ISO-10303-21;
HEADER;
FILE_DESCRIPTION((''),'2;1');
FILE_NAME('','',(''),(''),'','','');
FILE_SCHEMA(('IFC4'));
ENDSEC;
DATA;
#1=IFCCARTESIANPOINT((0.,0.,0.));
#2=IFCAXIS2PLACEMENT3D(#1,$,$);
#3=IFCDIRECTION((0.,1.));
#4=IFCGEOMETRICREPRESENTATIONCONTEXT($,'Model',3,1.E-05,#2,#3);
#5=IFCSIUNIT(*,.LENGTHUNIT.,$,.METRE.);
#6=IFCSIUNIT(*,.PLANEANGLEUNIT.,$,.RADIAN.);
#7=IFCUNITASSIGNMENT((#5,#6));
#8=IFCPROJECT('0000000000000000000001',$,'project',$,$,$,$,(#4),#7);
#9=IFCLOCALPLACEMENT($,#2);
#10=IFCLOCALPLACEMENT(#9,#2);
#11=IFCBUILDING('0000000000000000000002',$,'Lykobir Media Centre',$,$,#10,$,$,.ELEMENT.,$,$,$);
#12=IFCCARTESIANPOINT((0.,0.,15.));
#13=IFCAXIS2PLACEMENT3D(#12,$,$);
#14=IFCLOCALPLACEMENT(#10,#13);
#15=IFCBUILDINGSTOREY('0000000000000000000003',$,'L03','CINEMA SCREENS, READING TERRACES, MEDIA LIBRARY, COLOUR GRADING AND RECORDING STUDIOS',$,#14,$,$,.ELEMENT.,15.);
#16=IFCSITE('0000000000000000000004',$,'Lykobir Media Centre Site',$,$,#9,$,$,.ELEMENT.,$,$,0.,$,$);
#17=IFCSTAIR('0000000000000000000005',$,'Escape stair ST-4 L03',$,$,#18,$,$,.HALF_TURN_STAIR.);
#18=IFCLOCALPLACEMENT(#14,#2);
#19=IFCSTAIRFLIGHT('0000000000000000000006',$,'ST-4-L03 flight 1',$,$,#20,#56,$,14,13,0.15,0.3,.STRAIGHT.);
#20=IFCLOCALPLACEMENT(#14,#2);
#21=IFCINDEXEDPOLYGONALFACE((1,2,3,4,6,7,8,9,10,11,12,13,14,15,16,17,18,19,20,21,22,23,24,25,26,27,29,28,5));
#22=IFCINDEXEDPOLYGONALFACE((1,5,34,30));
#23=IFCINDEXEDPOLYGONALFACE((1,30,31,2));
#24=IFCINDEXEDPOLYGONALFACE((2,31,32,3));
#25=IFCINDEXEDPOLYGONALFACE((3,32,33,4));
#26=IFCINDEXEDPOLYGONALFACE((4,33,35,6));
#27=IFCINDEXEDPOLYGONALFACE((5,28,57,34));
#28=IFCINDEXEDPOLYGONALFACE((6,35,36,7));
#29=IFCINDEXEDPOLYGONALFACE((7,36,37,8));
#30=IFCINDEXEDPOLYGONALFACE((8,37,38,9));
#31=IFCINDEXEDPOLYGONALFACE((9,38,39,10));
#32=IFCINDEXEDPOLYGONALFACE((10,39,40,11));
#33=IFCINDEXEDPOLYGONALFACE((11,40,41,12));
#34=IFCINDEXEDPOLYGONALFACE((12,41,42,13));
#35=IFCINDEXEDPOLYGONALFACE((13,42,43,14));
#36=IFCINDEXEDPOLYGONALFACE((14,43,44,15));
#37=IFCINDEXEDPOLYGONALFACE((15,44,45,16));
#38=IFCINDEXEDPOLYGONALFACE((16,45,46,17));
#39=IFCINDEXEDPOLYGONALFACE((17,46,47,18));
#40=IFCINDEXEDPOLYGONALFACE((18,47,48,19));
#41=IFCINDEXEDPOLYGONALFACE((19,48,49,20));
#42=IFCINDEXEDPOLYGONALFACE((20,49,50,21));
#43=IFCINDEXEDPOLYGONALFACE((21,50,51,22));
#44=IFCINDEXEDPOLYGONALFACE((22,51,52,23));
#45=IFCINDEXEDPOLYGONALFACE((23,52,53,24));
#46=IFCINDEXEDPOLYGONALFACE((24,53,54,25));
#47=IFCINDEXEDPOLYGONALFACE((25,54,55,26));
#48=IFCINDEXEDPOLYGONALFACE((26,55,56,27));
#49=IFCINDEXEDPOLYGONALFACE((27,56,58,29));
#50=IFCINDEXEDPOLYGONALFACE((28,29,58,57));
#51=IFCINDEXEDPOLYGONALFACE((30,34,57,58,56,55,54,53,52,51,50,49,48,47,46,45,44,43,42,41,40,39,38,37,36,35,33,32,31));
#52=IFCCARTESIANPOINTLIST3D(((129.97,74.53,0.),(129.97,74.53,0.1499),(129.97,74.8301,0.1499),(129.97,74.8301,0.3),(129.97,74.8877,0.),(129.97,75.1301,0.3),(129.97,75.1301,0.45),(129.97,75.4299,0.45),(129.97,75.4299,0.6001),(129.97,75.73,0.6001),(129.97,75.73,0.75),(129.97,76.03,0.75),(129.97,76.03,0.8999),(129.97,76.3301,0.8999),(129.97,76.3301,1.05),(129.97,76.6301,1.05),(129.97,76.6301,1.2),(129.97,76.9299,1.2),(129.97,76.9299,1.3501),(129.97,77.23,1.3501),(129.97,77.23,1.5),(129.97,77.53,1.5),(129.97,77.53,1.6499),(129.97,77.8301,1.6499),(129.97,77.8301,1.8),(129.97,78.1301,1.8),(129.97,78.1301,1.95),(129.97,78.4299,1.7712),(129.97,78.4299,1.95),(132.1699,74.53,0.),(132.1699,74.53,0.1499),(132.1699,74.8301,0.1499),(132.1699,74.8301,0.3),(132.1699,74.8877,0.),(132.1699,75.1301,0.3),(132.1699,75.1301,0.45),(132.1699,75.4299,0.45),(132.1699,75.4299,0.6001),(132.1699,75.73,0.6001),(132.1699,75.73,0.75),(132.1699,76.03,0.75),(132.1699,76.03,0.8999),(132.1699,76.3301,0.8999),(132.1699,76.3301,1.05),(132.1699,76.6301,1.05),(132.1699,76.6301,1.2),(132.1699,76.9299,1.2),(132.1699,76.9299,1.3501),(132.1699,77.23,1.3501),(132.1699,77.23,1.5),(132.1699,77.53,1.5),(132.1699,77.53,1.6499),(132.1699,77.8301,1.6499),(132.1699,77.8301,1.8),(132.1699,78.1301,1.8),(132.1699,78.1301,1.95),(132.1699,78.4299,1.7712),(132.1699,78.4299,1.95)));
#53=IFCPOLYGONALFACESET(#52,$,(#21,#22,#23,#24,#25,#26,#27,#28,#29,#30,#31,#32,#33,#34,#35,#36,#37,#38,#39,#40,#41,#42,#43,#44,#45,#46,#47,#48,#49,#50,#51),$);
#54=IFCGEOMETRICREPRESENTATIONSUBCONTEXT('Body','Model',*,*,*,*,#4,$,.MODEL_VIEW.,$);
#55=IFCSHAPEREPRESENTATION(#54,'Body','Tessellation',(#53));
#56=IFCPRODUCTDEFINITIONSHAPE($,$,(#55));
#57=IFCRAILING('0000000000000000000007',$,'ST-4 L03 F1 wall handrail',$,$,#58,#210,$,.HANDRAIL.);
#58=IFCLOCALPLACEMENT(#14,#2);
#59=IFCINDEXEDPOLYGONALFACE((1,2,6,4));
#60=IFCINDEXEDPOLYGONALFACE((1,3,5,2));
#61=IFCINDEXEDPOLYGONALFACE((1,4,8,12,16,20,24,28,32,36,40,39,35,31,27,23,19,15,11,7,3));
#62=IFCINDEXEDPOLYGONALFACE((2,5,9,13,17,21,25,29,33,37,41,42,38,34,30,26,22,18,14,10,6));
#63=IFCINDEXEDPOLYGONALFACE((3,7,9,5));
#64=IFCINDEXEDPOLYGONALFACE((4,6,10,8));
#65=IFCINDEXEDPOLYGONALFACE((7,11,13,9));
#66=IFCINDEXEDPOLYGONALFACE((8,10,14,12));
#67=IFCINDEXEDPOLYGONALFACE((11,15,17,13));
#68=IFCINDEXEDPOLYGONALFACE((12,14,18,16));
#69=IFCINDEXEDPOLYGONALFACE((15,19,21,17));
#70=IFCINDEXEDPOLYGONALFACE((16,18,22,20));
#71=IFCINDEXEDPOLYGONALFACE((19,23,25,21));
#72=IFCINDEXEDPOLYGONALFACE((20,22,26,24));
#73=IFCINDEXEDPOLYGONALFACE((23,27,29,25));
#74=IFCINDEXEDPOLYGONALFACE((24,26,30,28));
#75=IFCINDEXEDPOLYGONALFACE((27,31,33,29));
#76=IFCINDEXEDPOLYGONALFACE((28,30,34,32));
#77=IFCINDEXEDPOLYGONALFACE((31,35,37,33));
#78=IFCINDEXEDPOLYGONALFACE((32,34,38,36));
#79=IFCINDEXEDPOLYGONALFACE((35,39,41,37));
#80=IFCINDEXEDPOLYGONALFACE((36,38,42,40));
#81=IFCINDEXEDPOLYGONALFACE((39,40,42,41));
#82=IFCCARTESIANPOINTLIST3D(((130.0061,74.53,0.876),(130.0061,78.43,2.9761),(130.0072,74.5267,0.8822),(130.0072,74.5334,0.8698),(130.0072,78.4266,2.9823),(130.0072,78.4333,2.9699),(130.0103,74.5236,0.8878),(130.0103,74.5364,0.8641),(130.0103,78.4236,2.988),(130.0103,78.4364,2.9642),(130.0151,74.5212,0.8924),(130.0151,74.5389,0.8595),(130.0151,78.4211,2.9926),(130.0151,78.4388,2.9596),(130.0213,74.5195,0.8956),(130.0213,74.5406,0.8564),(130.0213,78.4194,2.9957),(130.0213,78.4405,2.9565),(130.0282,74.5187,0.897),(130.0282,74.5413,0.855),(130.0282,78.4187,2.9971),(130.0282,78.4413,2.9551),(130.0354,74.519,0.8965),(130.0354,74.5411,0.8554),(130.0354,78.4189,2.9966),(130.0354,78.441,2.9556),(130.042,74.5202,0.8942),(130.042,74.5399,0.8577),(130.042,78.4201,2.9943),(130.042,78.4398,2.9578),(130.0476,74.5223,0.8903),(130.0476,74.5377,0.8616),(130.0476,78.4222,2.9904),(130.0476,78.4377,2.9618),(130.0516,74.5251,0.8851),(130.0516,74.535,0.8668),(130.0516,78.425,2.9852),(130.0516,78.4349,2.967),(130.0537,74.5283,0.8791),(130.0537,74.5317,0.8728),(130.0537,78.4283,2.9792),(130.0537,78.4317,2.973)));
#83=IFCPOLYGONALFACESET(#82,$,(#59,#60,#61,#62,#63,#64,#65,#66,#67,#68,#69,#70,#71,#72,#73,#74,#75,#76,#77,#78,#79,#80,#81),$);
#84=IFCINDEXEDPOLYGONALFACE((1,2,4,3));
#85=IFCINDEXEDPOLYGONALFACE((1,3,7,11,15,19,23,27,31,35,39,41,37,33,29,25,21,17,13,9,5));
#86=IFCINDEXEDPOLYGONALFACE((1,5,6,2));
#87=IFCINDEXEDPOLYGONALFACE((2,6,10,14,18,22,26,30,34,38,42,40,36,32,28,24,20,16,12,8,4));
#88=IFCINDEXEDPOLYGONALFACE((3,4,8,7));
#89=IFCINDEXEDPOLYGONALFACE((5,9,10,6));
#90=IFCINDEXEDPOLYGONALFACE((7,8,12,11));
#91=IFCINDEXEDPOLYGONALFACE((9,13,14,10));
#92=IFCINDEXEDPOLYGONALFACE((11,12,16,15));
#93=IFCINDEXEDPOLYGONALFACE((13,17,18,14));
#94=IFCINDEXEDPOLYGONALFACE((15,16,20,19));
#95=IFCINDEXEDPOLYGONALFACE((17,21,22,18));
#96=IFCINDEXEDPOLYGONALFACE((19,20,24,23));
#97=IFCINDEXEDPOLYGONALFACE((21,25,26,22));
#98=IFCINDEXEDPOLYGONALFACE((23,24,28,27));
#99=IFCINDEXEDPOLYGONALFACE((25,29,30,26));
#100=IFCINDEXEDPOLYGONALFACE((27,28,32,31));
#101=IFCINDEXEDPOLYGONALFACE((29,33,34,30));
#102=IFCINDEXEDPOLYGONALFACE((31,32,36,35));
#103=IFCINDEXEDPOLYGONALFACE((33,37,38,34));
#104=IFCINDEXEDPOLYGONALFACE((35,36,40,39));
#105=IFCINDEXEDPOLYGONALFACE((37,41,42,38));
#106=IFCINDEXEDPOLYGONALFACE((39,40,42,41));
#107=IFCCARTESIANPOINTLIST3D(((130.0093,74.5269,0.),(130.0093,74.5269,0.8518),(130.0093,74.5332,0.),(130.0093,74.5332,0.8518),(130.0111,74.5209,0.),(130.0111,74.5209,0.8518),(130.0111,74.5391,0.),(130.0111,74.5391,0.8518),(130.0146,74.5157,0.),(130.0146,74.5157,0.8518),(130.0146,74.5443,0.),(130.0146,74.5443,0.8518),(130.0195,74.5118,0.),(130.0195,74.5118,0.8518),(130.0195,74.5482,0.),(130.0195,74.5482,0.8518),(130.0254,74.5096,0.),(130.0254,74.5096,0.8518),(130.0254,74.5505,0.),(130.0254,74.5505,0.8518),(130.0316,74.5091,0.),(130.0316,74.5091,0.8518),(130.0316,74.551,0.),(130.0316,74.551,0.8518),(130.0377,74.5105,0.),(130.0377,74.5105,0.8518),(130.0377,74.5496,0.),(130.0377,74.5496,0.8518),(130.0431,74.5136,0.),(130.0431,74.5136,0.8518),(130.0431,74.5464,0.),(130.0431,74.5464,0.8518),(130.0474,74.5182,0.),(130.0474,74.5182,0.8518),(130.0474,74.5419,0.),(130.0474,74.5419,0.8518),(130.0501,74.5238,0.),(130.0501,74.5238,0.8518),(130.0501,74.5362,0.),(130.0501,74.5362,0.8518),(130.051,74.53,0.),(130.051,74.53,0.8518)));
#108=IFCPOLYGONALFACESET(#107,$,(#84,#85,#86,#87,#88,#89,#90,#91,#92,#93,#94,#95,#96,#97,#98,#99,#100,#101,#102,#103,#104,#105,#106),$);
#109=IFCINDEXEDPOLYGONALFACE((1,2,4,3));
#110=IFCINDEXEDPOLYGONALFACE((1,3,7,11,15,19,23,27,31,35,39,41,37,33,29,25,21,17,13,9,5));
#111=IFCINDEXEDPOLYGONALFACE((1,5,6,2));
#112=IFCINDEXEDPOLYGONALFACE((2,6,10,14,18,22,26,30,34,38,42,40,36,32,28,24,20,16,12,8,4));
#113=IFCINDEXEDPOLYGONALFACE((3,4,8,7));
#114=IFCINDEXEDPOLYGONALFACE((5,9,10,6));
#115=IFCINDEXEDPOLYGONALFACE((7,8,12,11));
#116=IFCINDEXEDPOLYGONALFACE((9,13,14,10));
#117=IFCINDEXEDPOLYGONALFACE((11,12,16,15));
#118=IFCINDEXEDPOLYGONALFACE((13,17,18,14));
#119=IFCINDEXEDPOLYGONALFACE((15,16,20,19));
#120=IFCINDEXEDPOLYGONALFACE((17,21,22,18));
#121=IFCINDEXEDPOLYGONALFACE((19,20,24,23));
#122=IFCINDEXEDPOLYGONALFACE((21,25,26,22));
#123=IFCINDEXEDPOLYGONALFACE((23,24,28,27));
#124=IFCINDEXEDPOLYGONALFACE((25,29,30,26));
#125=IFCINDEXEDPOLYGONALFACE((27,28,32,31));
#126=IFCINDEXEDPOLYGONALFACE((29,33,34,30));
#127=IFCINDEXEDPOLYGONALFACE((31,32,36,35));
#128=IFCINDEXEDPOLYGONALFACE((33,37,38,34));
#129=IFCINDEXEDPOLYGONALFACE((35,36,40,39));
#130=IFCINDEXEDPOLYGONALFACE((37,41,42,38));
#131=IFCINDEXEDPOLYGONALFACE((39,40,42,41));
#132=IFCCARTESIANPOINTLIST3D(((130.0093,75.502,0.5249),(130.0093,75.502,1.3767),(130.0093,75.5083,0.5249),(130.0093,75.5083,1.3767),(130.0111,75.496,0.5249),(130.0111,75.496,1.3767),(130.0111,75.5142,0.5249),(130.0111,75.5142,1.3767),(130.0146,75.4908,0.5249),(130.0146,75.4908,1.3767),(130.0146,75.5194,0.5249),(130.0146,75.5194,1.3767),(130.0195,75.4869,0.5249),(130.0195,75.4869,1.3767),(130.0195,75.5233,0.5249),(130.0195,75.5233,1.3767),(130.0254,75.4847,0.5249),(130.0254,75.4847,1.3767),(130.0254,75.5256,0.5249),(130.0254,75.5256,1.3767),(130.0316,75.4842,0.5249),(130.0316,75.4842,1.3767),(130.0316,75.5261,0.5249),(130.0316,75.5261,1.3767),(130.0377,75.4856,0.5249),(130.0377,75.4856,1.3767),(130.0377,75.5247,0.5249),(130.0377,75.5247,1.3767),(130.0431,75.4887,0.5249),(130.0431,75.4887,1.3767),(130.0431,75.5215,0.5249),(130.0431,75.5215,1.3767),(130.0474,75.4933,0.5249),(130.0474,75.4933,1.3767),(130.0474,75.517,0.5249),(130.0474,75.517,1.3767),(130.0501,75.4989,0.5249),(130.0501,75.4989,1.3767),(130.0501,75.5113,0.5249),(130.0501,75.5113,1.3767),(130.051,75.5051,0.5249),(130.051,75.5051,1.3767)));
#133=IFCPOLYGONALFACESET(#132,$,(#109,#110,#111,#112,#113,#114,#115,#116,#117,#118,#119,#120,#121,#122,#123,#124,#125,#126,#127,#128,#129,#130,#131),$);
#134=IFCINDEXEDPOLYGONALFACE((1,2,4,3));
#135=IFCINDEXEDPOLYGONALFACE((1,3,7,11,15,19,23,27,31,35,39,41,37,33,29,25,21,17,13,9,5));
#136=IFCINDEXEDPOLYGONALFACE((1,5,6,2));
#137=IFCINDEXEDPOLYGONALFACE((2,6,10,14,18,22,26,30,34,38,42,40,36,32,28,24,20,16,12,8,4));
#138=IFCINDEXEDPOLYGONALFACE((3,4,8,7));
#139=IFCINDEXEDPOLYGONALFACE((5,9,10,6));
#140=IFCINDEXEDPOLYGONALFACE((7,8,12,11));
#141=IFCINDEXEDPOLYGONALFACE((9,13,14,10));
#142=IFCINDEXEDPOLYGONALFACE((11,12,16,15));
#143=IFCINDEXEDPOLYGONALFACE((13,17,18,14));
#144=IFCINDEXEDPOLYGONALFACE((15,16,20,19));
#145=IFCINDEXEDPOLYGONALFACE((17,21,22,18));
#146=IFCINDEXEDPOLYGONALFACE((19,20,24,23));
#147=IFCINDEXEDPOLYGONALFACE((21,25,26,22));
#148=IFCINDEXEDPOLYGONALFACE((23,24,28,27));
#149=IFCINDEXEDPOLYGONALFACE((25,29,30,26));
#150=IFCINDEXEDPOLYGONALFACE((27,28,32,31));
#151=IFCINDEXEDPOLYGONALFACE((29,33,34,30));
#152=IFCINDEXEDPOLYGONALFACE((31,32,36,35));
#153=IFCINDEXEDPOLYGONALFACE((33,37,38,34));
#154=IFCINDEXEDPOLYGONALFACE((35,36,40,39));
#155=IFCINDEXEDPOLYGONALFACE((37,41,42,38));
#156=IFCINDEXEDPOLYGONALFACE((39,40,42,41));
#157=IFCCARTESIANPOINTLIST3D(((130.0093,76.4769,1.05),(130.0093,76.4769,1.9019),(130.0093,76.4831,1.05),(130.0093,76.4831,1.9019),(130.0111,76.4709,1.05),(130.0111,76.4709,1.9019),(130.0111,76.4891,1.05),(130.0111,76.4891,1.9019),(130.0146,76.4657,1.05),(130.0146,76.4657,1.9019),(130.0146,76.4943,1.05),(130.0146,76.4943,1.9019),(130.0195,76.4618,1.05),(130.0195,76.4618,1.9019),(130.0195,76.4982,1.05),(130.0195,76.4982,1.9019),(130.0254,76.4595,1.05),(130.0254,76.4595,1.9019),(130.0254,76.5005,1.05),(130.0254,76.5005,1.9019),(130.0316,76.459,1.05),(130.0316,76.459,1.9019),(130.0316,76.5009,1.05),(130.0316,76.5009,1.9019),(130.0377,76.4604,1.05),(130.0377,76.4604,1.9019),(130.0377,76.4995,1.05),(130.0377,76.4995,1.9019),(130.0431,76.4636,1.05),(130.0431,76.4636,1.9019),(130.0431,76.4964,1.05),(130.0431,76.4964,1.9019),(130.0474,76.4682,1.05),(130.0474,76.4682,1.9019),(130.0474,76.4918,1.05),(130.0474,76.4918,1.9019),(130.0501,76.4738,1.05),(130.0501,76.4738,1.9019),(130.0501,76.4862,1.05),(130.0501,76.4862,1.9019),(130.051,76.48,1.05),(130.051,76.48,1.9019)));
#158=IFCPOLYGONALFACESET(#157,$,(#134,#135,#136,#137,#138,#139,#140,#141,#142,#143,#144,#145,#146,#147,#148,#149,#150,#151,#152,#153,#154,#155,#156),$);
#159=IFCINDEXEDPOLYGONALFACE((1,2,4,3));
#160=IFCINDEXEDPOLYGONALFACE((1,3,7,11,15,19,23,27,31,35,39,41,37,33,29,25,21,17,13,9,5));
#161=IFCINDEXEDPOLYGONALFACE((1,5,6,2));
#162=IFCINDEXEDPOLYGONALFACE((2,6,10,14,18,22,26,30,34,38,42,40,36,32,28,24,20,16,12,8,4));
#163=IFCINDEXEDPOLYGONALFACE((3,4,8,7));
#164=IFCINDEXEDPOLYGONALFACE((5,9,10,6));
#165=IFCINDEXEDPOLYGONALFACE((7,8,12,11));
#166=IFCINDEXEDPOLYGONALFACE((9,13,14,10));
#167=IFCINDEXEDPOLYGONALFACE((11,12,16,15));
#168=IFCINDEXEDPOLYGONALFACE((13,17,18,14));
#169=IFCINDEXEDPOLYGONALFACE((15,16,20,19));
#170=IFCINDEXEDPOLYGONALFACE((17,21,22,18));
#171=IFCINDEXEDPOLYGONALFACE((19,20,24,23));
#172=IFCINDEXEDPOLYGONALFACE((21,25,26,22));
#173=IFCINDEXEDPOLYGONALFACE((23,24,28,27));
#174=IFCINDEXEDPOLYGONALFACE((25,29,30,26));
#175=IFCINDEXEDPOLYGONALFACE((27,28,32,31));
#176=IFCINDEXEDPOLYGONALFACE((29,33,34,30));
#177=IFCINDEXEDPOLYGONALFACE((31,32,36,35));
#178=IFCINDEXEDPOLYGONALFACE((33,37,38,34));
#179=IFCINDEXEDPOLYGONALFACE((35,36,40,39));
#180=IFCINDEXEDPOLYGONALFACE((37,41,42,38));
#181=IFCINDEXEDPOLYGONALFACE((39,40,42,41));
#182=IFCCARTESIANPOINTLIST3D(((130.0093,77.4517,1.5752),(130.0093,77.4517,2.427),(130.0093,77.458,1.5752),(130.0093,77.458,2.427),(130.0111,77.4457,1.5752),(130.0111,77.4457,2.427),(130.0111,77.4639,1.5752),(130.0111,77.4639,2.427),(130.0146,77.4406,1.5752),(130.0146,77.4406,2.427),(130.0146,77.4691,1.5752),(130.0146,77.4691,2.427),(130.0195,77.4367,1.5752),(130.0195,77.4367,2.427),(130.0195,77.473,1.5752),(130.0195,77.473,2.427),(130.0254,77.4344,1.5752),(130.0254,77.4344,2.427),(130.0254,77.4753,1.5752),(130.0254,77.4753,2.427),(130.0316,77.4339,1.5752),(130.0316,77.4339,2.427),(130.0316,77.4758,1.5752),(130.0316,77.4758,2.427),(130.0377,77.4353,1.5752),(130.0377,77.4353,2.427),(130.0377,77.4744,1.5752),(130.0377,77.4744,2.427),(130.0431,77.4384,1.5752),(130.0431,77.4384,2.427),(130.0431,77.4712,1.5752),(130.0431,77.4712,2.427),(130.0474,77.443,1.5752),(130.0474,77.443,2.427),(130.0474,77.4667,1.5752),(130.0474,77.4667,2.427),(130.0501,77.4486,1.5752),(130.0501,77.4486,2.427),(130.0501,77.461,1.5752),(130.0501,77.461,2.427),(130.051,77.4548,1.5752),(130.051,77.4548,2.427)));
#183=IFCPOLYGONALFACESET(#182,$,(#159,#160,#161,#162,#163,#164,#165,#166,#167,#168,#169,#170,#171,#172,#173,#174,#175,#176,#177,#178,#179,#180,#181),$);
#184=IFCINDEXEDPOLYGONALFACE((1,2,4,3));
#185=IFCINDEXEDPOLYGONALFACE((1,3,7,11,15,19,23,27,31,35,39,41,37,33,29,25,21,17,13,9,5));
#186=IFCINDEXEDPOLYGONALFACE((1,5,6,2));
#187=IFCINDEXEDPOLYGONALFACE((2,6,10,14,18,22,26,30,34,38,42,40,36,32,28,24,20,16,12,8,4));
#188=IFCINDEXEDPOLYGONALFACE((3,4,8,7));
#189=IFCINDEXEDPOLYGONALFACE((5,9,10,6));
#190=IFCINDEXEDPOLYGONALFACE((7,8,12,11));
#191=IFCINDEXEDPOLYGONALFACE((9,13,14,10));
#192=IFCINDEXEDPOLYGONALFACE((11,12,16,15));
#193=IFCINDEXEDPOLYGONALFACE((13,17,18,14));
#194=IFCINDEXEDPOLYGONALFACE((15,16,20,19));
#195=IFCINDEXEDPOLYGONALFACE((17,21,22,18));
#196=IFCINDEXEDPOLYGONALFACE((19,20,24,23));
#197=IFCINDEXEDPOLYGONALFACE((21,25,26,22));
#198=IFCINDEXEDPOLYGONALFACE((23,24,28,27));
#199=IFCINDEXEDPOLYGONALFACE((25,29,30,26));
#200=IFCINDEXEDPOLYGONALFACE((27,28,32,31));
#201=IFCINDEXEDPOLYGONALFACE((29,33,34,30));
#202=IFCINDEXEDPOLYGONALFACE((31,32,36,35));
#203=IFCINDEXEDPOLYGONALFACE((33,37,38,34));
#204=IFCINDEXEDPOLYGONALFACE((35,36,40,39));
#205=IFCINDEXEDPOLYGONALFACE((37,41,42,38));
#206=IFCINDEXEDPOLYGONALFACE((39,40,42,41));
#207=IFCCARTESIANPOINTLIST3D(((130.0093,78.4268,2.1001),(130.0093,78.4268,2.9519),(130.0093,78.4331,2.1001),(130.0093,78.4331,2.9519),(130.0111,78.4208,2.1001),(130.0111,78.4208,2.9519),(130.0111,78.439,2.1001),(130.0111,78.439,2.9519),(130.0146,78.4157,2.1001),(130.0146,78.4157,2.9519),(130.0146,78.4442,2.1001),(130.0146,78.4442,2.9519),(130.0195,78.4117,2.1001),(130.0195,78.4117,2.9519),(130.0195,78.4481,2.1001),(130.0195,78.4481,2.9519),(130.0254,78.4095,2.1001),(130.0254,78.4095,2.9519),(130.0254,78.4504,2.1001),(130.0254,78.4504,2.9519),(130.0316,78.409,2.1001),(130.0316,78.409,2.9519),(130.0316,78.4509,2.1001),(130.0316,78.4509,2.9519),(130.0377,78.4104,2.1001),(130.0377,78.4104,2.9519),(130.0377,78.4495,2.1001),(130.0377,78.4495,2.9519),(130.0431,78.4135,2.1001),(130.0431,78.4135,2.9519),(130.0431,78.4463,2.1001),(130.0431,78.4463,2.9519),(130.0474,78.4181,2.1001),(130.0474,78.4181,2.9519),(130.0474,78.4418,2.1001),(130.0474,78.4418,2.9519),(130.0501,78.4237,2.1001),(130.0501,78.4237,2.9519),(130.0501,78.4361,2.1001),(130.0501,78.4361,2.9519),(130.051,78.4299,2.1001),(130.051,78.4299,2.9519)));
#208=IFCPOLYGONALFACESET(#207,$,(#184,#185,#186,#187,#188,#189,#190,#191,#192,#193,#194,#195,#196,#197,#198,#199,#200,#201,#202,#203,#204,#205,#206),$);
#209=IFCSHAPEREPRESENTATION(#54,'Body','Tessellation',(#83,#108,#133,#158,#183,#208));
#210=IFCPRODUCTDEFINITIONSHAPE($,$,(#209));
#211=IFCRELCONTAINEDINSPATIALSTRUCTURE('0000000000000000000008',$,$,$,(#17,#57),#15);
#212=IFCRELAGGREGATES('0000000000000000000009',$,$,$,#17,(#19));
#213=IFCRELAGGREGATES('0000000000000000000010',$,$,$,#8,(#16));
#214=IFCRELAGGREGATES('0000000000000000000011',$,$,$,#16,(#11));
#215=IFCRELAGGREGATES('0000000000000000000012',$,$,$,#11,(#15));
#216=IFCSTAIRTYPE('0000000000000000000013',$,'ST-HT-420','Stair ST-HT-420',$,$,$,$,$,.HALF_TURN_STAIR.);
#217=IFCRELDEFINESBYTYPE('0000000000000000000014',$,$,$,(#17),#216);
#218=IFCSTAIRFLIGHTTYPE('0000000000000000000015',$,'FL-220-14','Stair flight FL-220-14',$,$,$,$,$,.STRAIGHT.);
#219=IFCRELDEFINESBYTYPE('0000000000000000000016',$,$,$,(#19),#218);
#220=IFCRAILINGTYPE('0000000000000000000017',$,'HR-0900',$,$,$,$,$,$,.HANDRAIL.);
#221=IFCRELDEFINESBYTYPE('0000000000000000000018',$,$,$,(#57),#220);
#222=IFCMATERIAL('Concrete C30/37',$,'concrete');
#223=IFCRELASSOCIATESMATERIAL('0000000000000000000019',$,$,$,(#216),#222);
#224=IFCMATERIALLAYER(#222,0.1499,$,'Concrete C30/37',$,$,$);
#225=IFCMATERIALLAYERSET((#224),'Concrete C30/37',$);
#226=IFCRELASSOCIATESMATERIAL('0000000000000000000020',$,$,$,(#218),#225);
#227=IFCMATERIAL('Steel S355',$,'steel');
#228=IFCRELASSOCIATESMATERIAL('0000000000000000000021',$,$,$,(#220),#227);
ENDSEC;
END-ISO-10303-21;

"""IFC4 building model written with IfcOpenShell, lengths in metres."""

from ifc_helpers import new_model, si_unit, direction, frame, origin, origin_2d, place, context, subcontext, project, spatial, polyline, circle, outline, extrude, material, layer, layer_set, type_object, element, aggregate, save


model = new_model("IFC4")

# Units and contexts
model_context = context("Model", 3, precision=1e-05, world=origin(), true_north=direction((0.0, 1.0)))
body_context = subcontext(model_context, "Body", "Model", "MODEL_VIEW")
ifc_project = project(units=[si_unit("LENGTHUNIT", "METRE"), si_unit("PLANEANGLEUNIT", "RADIAN")], contexts=[model_context])

# Site, building, storey
site_placement = place(None, origin())
site = spatial("IfcSite", under=ifc_project, at=site_placement, Name="Lykobir Media Centre Site", CompositionType="ELEMENT", RefElevation=0.0)
building_placement = place(site_placement, origin())
building = spatial("IfcBuilding", under=site, at=building_placement, Name="Lykobir Media Centre", CompositionType="ELEMENT")
storey_placement = place(building_placement, frame((0.0, 0.0, 15.0)))
storey = spatial("IfcBuildingStorey", under=building, at=storey_placement, Name="L03", Description="CINEMA SCREENS, READING TERRACES, MEDIA LIBRARY, COLOUR GRADING AND RECORDING STUDIOS", CompositionType="ELEMENT", Elevation=15.0)

# Shared definitions
ifc_material_1 = material(Name="Steel S355", Category="steel")

# Stair, stair flight
ifc_material_2 = material(Name="Concrete C30/37", Category="concrete")
stair_type = type_object("IfcStairType", Name="ST-HT-420", Description="Stair ST-HT-420", PredefinedType="HALF_TURN_STAIR", material=ifc_material_2)
stair_placement = place(storey_placement, origin())
stair = element("IfcStair", 1, at=stair_placement, inside=storey, type_object=stair_type, Name="Escape stair ST-4 L03", PredefinedType="HALF_TURN_STAIR")
ifc_layer_1 = layer(ifc_material_2, 0.1499, Name="Concrete C30/37")
ifc_layer_set_1 = layer_set([ifc_layer_1], Name="Concrete C30/37")
stair_flight_type = type_object("IfcStairFlightType", Name="FL-220-14", Description="Stair flight FL-220-14", PredefinedType="STRAIGHT", material=ifc_layer_set_1)
stair_flight_placement = place(storey_placement, frame((131.0701, 74.53, 0.0), z_axis=(0.0, 0.0, 1.0), x_axis=(0.0, 1.0, 0.0)))
stair_flight = element("IfcStairFlight", 2, at=stair_flight_placement, type_object=stair_flight_type, Name="ST-4-L03 flight 1", NumberOfRisers=14, NumberOfTreads=13, PredefinedType="STRAIGHT", RiserHeight=0.15, TreadLength=0.3, context=body_context, shape_type="SweptSolid", body=[
    extrude(outline(polyline([(0.0, 0.0), (0.0, 0.1499), (0.3, 0.1499), (0.3, 0.3), (0.6001, 0.3), (0.6001, 0.45), (0.8999, 0.45), (0.8999, 0.6001), (1.2, 0.6001), (1.2, 0.75), (1.5, 0.75), (1.5, 0.8999), (1.8, 0.8999), (1.8, 1.05), (2.1001, 1.05), (2.1001, 1.2), (2.3999, 1.2), (2.3999, 1.3501), (2.7, 1.3501), (2.7, 1.5), (3.0, 1.5), (3.0, 1.6499), (3.3, 1.6499), (3.3, 1.8), (3.6001, 1.8), (3.6001, 1.95), (3.8999, 1.95), (3.8999, 2.1001), (3.8999, 1.7712), (0.3577, 0.0), (0.0, 0.0)])), frame((0.0, 1.1001, 0.0), z_axis=(0.0, -1.0, 0.0), x_axis=(1.0, 0.0, 0.0)), (0.0, 0.0, 1.0), 2.2),
])
aggregate(stair, [stair_flight])

# Railing
railing_type_1 = type_object("IfcRailingType", Name="HR-0900", PredefinedType="HANDRAIL", material=ifc_material_1)
railing_1_placement = place(storey_placement, frame((130.03, 74.53, 0.0)))
element("IfcRailing", 3, at=railing_1_placement, inside=storey, type_object=railing_type_1, Name="ST-4 L03 F1 wall handrail", PredefinedType="HANDRAIL", context=body_context, shape_type="SweptSolid", body=[
    extrude(circle(Radius=0.0239, at=origin_2d()), frame((0.0, 0.0, 0.876), z_axis=(0.0, 0.880457, 0.474126), x_axis=(-1.0, 0.0, 0.0)), (0.0, 0.0, 1.0), 4.4294),
    extrude(circle(Radius=0.021, at=origin_2d()), origin(), (0.0, 0.0, 1.0), 0.8518),
    extrude(circle(Radius=0.021, at=origin_2d()), frame((0.0, 0.9751, 0.5249)), (0.0, 0.0, 1.0), 0.8518),
    extrude(circle(Radius=0.021, at=origin_2d()), frame((0.0, 1.95, 1.05)), (0.0, 0.0, 1.0), 0.8518),
    extrude(circle(Radius=0.021, at=origin_2d()), frame((0.0, 2.9248, 1.5752)), (0.0, 0.0, 1.0), 0.8518),
    extrude(circle(Radius=0.021, at=origin_2d()), frame((0.0, 3.8999, 2.1001)), (0.0, 0.0, 1.0), 0.8518),
])

save(model, "model.ifc")
